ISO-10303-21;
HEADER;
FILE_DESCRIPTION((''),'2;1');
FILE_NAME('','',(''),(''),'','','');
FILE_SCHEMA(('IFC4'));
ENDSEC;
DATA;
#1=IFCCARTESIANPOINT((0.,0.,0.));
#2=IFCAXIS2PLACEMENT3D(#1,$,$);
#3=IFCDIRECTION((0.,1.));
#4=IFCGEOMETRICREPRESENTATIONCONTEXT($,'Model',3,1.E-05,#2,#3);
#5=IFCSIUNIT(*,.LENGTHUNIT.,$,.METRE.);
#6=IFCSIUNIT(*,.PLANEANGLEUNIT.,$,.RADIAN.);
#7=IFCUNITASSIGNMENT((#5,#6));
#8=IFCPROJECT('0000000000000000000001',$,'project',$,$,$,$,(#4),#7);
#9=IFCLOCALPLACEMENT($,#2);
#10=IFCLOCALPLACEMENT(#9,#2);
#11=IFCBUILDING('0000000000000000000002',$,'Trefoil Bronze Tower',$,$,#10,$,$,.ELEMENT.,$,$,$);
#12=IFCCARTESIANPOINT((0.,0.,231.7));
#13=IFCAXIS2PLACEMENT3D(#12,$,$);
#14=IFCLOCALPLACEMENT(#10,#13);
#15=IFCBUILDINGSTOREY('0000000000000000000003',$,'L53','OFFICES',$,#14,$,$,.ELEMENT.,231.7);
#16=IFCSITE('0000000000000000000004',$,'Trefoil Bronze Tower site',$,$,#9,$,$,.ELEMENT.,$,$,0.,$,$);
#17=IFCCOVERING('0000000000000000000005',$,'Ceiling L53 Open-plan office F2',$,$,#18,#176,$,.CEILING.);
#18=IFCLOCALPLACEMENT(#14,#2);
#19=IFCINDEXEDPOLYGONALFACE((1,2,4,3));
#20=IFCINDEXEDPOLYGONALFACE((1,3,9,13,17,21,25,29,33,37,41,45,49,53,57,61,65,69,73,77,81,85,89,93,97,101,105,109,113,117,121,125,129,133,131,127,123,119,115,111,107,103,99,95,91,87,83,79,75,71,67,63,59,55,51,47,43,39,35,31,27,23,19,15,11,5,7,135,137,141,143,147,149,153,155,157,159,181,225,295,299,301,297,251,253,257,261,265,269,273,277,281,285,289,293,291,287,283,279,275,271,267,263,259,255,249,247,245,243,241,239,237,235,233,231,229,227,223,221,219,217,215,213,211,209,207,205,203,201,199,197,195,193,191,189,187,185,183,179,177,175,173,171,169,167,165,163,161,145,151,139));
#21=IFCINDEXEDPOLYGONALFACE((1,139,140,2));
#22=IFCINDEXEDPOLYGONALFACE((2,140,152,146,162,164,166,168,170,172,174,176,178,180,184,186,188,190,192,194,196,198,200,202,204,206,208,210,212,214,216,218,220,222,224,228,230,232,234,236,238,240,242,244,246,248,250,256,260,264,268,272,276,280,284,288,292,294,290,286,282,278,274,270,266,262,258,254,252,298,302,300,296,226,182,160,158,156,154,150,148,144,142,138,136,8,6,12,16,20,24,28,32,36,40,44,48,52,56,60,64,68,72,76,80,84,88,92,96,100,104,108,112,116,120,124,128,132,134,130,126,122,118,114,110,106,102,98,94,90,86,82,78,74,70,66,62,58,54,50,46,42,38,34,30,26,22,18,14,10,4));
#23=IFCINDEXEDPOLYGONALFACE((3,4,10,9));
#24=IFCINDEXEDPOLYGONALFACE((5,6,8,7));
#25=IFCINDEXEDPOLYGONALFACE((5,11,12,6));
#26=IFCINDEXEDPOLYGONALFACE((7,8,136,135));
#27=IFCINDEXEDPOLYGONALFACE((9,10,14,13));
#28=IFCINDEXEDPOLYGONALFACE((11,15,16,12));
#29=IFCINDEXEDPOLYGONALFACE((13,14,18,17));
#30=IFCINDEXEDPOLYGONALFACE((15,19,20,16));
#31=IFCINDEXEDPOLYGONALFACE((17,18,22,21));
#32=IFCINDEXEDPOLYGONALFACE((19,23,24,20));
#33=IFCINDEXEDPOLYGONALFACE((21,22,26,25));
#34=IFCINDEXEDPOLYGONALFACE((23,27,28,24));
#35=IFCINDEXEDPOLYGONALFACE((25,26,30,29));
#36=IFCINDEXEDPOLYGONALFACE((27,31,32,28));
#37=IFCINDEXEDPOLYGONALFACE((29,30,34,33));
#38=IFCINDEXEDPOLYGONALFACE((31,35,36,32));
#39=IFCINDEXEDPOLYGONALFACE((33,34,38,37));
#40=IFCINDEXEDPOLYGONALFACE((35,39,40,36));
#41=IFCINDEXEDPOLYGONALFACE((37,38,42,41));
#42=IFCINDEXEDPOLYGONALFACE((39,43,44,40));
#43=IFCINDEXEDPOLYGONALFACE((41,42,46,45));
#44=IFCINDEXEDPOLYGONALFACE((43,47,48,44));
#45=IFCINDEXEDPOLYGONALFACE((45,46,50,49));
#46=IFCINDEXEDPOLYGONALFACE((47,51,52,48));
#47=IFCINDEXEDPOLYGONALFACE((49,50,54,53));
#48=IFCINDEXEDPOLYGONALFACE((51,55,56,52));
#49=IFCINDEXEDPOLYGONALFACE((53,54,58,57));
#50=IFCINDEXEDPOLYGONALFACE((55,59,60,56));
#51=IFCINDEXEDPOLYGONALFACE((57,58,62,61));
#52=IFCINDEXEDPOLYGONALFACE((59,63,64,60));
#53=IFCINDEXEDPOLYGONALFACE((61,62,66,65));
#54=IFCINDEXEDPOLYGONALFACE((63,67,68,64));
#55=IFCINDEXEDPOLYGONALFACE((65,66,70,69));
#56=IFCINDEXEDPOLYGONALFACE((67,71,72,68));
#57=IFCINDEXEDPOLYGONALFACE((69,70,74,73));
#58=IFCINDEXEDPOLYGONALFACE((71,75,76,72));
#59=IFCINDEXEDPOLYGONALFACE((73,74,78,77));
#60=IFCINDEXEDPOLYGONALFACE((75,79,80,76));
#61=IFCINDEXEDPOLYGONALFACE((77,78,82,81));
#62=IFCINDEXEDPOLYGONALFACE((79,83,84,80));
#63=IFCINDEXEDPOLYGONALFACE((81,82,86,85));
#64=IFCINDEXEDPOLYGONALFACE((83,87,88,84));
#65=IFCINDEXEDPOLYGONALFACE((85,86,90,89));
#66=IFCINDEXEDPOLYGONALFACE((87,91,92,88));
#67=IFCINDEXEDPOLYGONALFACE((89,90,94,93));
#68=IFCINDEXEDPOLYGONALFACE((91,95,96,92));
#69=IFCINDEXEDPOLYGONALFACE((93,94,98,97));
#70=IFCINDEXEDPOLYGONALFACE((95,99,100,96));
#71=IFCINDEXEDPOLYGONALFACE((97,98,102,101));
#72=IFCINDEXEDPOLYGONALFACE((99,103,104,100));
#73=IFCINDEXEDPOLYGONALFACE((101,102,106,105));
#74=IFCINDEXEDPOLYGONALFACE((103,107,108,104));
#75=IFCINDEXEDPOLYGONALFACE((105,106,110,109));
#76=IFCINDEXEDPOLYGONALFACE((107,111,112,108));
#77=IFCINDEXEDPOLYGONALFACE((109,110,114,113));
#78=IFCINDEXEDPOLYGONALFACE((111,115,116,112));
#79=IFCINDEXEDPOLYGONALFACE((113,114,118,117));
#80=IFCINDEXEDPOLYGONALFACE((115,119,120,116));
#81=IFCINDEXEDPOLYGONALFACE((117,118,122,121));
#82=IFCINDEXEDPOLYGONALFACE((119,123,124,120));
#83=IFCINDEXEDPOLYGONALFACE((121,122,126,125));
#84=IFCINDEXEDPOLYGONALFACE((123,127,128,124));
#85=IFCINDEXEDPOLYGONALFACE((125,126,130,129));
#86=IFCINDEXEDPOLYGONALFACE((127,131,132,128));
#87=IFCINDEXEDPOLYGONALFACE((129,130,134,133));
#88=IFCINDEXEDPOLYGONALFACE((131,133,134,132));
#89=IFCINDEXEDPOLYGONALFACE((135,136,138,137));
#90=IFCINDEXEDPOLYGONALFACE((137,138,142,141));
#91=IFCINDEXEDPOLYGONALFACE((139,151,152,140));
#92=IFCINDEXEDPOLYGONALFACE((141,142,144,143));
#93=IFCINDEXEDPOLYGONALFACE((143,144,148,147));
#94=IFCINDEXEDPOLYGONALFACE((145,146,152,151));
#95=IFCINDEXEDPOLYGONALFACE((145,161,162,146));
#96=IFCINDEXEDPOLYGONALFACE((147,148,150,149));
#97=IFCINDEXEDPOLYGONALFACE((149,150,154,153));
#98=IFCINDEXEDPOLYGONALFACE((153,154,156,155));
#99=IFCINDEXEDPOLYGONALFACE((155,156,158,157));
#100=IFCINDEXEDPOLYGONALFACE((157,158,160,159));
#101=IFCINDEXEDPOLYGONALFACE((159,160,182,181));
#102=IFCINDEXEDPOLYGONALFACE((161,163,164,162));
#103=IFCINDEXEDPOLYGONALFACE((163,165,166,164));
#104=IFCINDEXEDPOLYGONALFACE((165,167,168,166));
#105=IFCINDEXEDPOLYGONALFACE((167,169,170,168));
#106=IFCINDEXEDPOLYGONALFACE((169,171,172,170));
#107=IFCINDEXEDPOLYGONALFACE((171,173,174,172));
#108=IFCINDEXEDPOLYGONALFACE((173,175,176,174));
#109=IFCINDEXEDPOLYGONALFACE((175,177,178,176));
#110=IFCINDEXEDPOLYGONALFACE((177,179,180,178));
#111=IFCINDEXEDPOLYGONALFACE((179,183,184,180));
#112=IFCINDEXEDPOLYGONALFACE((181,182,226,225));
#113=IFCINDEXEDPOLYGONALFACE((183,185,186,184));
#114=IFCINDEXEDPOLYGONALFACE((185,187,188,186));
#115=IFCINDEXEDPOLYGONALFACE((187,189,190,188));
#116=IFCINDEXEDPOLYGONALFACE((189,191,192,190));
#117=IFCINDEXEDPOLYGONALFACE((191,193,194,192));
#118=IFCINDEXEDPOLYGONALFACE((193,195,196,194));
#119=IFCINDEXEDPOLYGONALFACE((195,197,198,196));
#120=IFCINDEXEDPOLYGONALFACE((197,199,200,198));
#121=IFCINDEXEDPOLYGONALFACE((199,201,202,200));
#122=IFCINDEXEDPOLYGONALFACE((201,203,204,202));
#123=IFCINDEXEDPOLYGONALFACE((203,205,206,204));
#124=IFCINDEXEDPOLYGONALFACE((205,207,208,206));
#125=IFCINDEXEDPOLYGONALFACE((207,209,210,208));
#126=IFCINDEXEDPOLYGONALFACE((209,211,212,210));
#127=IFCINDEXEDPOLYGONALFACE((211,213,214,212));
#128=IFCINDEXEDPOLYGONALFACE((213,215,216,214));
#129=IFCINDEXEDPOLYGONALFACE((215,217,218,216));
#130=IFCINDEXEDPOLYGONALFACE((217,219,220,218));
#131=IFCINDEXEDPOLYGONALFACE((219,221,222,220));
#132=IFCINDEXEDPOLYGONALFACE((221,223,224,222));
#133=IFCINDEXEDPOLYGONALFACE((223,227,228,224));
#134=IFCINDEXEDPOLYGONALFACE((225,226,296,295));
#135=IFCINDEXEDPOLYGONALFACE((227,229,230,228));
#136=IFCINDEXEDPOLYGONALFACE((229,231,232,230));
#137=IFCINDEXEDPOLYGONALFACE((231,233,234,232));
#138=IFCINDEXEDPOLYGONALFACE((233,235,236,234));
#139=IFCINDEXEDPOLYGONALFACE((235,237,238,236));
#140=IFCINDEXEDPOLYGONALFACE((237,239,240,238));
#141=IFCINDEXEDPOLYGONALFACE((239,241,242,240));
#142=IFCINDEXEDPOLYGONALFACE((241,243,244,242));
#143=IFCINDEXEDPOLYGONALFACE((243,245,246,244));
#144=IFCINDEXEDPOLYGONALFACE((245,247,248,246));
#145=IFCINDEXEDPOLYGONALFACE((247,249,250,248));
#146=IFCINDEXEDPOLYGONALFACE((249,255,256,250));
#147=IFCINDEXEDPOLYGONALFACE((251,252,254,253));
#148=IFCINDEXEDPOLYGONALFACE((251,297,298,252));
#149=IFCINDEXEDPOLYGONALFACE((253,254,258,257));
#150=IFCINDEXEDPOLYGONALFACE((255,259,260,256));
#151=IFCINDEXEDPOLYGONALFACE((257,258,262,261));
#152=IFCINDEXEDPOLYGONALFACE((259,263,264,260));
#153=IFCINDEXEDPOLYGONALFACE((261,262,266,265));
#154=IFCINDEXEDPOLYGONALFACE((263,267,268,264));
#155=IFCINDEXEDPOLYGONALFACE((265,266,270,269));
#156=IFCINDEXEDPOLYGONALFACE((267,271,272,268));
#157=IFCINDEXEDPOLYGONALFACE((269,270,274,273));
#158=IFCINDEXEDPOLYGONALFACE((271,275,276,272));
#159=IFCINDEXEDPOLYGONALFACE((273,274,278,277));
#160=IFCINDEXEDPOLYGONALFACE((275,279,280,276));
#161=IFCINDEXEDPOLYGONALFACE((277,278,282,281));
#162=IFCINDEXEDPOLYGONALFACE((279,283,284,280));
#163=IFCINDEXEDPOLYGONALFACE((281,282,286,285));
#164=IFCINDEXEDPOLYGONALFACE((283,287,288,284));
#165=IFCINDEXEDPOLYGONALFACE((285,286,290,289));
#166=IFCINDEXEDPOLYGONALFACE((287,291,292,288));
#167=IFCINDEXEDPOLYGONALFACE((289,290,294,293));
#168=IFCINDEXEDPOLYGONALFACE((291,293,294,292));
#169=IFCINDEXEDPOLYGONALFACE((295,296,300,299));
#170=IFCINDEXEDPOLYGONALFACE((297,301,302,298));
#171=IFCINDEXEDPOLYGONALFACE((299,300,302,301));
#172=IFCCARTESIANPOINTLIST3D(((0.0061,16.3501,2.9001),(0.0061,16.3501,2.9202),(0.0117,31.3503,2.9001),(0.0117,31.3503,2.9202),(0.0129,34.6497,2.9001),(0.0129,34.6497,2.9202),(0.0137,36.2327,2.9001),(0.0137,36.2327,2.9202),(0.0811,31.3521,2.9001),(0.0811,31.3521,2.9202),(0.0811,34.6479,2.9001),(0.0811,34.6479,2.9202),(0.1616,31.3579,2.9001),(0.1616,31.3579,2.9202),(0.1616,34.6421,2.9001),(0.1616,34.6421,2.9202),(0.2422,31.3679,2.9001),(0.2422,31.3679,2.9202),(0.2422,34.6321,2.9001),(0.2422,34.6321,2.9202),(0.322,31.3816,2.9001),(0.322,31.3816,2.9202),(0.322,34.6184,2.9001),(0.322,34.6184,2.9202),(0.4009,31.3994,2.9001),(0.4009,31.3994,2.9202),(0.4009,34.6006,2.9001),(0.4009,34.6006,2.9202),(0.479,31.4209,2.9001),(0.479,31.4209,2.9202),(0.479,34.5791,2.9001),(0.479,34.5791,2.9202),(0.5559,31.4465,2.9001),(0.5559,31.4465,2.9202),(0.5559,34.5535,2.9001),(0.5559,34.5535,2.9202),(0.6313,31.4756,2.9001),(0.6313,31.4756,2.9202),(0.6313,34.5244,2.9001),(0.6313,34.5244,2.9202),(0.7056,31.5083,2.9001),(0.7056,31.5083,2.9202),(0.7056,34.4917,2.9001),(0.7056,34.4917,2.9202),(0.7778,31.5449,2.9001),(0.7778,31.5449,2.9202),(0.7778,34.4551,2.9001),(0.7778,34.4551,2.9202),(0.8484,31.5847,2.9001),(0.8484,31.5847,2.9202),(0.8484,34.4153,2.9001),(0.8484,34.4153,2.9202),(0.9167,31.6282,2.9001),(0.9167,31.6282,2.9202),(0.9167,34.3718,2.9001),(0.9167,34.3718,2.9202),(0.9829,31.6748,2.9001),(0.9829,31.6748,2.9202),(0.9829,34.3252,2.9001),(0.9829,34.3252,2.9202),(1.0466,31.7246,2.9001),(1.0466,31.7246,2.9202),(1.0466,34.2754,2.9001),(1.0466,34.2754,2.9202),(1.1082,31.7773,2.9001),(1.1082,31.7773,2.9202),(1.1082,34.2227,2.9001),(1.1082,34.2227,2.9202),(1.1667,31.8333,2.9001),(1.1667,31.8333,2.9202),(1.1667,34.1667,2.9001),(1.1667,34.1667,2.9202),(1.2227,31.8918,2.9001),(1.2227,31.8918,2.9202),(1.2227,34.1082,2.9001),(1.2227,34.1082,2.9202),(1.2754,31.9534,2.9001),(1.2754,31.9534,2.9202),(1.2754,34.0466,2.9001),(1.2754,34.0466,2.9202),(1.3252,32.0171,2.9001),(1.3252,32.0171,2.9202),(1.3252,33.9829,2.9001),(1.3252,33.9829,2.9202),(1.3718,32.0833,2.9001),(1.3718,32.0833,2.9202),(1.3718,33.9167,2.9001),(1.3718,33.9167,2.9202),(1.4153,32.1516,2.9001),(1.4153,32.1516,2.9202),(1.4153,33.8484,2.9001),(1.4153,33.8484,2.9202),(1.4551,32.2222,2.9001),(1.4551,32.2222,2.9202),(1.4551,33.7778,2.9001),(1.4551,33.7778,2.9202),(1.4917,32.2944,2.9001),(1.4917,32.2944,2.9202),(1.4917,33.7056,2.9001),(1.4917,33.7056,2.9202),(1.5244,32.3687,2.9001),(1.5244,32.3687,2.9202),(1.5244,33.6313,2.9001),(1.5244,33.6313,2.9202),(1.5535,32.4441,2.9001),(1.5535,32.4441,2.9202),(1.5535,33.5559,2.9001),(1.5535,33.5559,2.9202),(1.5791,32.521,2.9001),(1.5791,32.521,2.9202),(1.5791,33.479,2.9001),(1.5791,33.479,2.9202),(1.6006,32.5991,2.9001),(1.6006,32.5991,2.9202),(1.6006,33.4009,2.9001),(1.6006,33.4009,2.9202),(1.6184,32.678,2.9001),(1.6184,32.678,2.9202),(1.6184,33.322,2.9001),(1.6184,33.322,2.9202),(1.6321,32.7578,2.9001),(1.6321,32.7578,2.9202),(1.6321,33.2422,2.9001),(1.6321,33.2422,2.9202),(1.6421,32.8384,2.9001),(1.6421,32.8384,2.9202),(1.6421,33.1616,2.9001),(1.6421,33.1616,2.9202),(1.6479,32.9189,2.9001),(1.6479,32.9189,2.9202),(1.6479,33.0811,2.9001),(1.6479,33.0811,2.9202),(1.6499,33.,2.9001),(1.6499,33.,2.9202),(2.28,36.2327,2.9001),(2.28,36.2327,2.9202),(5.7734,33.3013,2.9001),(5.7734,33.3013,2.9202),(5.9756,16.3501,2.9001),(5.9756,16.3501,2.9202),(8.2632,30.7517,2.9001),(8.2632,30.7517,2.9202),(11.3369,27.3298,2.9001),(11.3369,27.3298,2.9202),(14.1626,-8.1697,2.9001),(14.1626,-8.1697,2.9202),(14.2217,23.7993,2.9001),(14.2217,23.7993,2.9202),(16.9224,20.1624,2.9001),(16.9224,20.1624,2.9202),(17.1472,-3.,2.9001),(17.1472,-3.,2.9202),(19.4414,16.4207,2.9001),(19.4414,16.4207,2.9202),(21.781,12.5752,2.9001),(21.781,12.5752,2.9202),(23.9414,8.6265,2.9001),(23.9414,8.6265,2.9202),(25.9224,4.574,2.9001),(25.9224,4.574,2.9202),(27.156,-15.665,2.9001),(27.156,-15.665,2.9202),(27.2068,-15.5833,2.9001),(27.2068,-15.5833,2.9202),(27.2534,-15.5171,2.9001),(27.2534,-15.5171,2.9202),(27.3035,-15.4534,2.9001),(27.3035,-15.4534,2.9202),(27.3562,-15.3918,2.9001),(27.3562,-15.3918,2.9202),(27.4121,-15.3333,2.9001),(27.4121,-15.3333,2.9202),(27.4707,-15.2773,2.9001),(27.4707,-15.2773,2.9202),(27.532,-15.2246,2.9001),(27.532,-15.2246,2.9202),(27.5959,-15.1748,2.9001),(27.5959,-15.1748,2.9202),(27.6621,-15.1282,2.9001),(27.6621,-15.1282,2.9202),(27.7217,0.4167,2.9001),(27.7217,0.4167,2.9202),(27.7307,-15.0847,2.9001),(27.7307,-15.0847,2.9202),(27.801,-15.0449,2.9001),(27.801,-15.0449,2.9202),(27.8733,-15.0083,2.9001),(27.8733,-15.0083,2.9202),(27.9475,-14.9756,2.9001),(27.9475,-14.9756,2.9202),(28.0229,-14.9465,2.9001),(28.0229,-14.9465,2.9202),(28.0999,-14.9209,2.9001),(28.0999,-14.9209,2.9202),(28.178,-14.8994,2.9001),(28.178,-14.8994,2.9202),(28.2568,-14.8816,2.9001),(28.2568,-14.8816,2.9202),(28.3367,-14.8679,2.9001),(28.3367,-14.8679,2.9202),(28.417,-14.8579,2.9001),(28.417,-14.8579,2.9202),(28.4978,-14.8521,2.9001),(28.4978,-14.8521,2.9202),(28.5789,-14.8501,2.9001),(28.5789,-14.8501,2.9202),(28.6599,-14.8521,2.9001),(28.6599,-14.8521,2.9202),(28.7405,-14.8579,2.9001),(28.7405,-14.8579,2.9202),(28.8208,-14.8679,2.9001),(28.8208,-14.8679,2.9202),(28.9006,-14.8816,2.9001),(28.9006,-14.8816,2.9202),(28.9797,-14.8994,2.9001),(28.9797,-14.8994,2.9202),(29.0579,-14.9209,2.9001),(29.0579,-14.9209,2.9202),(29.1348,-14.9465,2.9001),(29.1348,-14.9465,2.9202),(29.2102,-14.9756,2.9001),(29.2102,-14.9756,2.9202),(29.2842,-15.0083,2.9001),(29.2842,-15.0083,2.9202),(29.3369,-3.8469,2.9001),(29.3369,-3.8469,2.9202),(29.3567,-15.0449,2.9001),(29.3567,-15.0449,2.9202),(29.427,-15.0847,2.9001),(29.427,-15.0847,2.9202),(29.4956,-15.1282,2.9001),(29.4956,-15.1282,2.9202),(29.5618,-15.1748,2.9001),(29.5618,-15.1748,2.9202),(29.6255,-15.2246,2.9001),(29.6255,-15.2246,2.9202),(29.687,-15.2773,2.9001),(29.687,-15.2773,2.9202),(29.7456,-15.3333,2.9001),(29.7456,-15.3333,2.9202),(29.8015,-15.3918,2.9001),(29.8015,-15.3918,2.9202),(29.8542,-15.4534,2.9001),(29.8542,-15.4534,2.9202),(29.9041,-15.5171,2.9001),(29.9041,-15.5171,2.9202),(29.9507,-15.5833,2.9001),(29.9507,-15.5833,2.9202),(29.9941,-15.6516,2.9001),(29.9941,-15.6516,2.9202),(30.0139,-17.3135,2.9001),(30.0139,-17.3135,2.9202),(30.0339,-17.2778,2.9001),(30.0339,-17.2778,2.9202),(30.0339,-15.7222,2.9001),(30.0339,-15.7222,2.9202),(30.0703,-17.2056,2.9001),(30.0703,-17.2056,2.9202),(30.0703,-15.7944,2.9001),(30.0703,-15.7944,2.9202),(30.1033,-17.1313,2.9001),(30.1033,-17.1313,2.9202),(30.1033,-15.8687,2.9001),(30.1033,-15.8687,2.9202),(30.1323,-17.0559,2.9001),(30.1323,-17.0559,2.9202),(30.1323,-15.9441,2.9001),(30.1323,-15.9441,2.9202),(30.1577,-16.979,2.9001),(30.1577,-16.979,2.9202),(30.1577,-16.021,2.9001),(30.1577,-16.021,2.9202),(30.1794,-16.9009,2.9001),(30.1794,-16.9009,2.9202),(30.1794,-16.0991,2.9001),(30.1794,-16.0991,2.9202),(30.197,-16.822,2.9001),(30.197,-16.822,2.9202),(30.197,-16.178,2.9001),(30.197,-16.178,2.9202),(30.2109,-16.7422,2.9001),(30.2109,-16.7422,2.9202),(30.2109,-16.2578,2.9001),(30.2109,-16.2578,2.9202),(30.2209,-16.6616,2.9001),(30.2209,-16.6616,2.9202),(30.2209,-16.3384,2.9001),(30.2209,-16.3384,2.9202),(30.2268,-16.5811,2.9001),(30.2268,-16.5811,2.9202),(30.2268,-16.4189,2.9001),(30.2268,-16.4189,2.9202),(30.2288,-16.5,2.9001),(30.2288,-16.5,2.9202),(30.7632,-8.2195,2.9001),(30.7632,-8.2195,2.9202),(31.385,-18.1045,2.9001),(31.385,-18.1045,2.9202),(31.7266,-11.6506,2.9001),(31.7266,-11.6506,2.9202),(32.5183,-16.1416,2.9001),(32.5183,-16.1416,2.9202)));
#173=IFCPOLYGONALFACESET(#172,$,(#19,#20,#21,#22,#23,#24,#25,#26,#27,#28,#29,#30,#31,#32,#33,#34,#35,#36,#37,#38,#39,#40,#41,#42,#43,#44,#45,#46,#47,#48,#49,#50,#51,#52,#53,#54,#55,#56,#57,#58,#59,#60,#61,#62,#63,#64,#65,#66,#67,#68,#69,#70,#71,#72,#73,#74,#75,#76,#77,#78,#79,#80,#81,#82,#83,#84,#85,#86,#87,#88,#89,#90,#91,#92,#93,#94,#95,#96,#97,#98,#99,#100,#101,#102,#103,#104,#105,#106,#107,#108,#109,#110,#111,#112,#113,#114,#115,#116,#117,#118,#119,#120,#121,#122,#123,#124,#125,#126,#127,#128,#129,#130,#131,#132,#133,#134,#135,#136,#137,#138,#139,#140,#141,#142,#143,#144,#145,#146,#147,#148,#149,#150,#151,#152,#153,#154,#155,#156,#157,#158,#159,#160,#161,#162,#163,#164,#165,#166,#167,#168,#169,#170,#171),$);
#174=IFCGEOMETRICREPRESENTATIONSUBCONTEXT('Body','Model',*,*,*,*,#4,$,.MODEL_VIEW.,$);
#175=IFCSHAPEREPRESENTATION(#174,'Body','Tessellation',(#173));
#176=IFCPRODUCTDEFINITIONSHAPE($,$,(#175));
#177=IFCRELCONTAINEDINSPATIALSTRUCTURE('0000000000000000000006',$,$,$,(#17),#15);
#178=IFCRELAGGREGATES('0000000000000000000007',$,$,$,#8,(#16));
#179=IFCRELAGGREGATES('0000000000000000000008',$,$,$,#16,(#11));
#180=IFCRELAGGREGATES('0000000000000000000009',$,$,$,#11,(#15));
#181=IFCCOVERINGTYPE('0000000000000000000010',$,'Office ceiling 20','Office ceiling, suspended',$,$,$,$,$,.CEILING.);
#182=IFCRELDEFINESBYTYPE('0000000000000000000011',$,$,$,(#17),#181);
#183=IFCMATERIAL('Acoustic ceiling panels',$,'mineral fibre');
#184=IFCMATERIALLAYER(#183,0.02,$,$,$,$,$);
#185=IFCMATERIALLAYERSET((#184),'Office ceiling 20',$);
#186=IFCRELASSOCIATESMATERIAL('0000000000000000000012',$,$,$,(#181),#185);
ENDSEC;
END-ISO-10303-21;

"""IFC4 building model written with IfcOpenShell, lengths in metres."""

from ifc_helpers import new_model, si_unit, direction, frame, origin, place, context, subcontext, project, spatial, polyline, outline, extrude, material, layer, layer_set, type_object, element, save


model = new_model("IFC4")

# Units and contexts
model_context = context("Model", 3, precision=1e-05, world=origin(), true_north=direction((0.0, 1.0)))
body_context = subcontext(model_context, "Body", "Model", "MODEL_VIEW")
ifc_project = project(units=[si_unit("LENGTHUNIT", "METRE"), si_unit("PLANEANGLEUNIT", "RADIAN")], contexts=[model_context])

# Site, building, storey
site_placement = place(None, origin())
site = spatial("IfcSite", under=ifc_project, at=site_placement, Name="Trefoil Bronze Tower site", CompositionType="ELEMENT", RefElevation=0.0)
building_placement = place(site_placement, origin())
building = spatial("IfcBuilding", under=site, at=building_placement, Name="Trefoil Bronze Tower", CompositionType="ELEMENT")
storey_placement = place(building_placement, frame((0.0, 0.0, 231.7)))
storey = spatial("IfcBuildingStorey", under=building, at=storey_placement, Name="L53", Description="OFFICES", CompositionType="ELEMENT", Elevation=231.7)

# Covering
ifc_material_1 = material(Name="Acoustic ceiling panels", Category="mineral fibre")
ifc_layer_1 = layer(ifc_material_1, 0.02)
ifc_layer_set_1 = layer_set([ifc_layer_1], Name="Office ceiling 20")
covering_type_1 = type_object("IfcCoveringType", Name="Office ceiling 20", Description="Office ceiling, suspended", PredefinedType="CEILING", material=ifc_layer_set_1)
covering_1_placement = place(storey_placement, frame((0.0, 0.0, 2.9001)))
element("IfcCovering", 1, at=covering_1_placement, inside=storey, type_object=covering_type_1, Name="Ceiling L53 Open-plan office F2", PredefinedType="CEILING", context=body_context, shape_type="SweptSolid", body=[
    extrude(outline(polyline([(8.2632, 30.7517), (11.3369, 27.3298), (14.2217, 23.7993), (16.9224, 20.1624), (19.4414, 16.4207), (21.781, 12.5752), (23.9414, 8.6265), (25.9224, 4.574), (27.7217, 0.4167), (29.3369, -3.8469), (30.7632, -8.2195), (31.7266, -11.6506), (32.5183, -16.1416), (31.385, -18.1045), (30.0139, -17.3135), (30.0339, -17.2778), (30.0703, -17.2056), (30.1033, -17.1313), (30.1323, -17.0559), (30.1577, -16.979), (30.1794, -16.9009), (30.197, -16.822), (30.2109, -16.7422), (30.2209, -16.6616), (30.2268, -16.5811), (30.2288, -16.5), (30.2268, -16.4189), (30.2209, -16.3384), (30.2109, -16.2578), (30.197, -16.178), (30.1794, -16.0991), (30.1577, -16.021), (30.1323, -15.9441), (30.1033, -15.8687), (30.0703, -15.7944), (30.0339, -15.7222), (29.9941, -15.6516), (29.9507, -15.5833), (29.9041, -15.5171), (29.8542, -15.4534), (29.8015, -15.3918), (29.7456, -15.3333), (29.687, -15.2773), (29.6255, -15.2246), (29.5618, -15.1748), (29.4956, -15.1282), (29.427, -15.0847), (29.3567, -15.0449), (29.2842, -15.0083), (29.2102, -14.9756), (29.1348, -14.9465), (29.0579, -14.9209), (28.9797, -14.8994), (28.9006, -14.8816), (28.8208, -14.8679), (28.7405, -14.8579), (28.6599, -14.8521), (28.5789, -14.8501), (28.4978, -14.8521), (28.417, -14.8579), (28.3367, -14.8679), (28.2568, -14.8816), (28.178, -14.8994), (28.0999, -14.9209), (28.0229, -14.9465), (27.9475, -14.9756), (27.8733, -15.0083), (27.801, -15.0449), (27.7307, -15.0847), (27.6621, -15.1282), (27.5959, -15.1748), (27.532, -15.2246), (27.4707, -15.2773), (27.4121, -15.3333), (27.3562, -15.3918), (27.3035, -15.4534), (27.2534, -15.5171), (27.2068, -15.5833), (27.156, -15.665), (14.1626, -8.1697), (17.1472, -3.0), (5.9756, 16.3501), (0.0061, 16.3501), (0.0117, 31.3503), (0.0811, 31.3521), (0.1616, 31.3579), (0.2422, 31.3679), (0.322, 31.3816), (0.4009, 31.3994), (0.479, 31.4209), (0.5559, 31.4465), (0.6313, 31.4756), (0.7056, 31.5083), (0.7778, 31.5449), (0.8484, 31.5847), (0.9167, 31.6282), (0.9829, 31.6748), (1.0466, 31.7246), (1.1082, 31.7773), (1.1667, 31.8333), (1.2227, 31.8918), (1.2754, 31.9534), (1.3252, 32.0171), (1.3718, 32.0833), (1.4153, 32.1516), (1.4551, 32.2222), (1.4917, 32.2944), (1.5244, 32.3687), (1.5535, 32.4441), (1.5791, 32.521), (1.6006, 32.5991), (1.6184, 32.678), (1.6321, 32.7578), (1.6421, 32.8384), (1.6479, 32.9189), (1.6499, 33.0), (1.6479, 33.0811), (1.6421, 33.1616), (1.6321, 33.2422), (1.6184, 33.322), (1.6006, 33.4009), (1.5791, 33.479), (1.5535, 33.5559), (1.5244, 33.6313), (1.4917, 33.7056), (1.4551, 33.7778), (1.4153, 33.8484), (1.3718, 33.9167), (1.3252, 33.9829), (1.2754, 34.0466), (1.2227, 34.1082), (1.1667, 34.1667), (1.1082, 34.2227), (1.0466, 34.2754), (0.9829, 34.3252), (0.9167, 34.3718), (0.8484, 34.4153), (0.7778, 34.4551), (0.7056, 34.4917), (0.6313, 34.5244), (0.5559, 34.5535), (0.479, 34.5791), (0.4009, 34.6006), (0.322, 34.6184), (0.2422, 34.6321), (0.1616, 34.6421), (0.0811, 34.6479), (0.0129, 34.6497), (0.0137, 36.2327), (2.28, 36.2327), (5.7734, 33.3013), (8.2632, 30.7517)])), origin(), (0.0, 0.0, 1.0), 0.02),
])

save(model, "model.ifc")
